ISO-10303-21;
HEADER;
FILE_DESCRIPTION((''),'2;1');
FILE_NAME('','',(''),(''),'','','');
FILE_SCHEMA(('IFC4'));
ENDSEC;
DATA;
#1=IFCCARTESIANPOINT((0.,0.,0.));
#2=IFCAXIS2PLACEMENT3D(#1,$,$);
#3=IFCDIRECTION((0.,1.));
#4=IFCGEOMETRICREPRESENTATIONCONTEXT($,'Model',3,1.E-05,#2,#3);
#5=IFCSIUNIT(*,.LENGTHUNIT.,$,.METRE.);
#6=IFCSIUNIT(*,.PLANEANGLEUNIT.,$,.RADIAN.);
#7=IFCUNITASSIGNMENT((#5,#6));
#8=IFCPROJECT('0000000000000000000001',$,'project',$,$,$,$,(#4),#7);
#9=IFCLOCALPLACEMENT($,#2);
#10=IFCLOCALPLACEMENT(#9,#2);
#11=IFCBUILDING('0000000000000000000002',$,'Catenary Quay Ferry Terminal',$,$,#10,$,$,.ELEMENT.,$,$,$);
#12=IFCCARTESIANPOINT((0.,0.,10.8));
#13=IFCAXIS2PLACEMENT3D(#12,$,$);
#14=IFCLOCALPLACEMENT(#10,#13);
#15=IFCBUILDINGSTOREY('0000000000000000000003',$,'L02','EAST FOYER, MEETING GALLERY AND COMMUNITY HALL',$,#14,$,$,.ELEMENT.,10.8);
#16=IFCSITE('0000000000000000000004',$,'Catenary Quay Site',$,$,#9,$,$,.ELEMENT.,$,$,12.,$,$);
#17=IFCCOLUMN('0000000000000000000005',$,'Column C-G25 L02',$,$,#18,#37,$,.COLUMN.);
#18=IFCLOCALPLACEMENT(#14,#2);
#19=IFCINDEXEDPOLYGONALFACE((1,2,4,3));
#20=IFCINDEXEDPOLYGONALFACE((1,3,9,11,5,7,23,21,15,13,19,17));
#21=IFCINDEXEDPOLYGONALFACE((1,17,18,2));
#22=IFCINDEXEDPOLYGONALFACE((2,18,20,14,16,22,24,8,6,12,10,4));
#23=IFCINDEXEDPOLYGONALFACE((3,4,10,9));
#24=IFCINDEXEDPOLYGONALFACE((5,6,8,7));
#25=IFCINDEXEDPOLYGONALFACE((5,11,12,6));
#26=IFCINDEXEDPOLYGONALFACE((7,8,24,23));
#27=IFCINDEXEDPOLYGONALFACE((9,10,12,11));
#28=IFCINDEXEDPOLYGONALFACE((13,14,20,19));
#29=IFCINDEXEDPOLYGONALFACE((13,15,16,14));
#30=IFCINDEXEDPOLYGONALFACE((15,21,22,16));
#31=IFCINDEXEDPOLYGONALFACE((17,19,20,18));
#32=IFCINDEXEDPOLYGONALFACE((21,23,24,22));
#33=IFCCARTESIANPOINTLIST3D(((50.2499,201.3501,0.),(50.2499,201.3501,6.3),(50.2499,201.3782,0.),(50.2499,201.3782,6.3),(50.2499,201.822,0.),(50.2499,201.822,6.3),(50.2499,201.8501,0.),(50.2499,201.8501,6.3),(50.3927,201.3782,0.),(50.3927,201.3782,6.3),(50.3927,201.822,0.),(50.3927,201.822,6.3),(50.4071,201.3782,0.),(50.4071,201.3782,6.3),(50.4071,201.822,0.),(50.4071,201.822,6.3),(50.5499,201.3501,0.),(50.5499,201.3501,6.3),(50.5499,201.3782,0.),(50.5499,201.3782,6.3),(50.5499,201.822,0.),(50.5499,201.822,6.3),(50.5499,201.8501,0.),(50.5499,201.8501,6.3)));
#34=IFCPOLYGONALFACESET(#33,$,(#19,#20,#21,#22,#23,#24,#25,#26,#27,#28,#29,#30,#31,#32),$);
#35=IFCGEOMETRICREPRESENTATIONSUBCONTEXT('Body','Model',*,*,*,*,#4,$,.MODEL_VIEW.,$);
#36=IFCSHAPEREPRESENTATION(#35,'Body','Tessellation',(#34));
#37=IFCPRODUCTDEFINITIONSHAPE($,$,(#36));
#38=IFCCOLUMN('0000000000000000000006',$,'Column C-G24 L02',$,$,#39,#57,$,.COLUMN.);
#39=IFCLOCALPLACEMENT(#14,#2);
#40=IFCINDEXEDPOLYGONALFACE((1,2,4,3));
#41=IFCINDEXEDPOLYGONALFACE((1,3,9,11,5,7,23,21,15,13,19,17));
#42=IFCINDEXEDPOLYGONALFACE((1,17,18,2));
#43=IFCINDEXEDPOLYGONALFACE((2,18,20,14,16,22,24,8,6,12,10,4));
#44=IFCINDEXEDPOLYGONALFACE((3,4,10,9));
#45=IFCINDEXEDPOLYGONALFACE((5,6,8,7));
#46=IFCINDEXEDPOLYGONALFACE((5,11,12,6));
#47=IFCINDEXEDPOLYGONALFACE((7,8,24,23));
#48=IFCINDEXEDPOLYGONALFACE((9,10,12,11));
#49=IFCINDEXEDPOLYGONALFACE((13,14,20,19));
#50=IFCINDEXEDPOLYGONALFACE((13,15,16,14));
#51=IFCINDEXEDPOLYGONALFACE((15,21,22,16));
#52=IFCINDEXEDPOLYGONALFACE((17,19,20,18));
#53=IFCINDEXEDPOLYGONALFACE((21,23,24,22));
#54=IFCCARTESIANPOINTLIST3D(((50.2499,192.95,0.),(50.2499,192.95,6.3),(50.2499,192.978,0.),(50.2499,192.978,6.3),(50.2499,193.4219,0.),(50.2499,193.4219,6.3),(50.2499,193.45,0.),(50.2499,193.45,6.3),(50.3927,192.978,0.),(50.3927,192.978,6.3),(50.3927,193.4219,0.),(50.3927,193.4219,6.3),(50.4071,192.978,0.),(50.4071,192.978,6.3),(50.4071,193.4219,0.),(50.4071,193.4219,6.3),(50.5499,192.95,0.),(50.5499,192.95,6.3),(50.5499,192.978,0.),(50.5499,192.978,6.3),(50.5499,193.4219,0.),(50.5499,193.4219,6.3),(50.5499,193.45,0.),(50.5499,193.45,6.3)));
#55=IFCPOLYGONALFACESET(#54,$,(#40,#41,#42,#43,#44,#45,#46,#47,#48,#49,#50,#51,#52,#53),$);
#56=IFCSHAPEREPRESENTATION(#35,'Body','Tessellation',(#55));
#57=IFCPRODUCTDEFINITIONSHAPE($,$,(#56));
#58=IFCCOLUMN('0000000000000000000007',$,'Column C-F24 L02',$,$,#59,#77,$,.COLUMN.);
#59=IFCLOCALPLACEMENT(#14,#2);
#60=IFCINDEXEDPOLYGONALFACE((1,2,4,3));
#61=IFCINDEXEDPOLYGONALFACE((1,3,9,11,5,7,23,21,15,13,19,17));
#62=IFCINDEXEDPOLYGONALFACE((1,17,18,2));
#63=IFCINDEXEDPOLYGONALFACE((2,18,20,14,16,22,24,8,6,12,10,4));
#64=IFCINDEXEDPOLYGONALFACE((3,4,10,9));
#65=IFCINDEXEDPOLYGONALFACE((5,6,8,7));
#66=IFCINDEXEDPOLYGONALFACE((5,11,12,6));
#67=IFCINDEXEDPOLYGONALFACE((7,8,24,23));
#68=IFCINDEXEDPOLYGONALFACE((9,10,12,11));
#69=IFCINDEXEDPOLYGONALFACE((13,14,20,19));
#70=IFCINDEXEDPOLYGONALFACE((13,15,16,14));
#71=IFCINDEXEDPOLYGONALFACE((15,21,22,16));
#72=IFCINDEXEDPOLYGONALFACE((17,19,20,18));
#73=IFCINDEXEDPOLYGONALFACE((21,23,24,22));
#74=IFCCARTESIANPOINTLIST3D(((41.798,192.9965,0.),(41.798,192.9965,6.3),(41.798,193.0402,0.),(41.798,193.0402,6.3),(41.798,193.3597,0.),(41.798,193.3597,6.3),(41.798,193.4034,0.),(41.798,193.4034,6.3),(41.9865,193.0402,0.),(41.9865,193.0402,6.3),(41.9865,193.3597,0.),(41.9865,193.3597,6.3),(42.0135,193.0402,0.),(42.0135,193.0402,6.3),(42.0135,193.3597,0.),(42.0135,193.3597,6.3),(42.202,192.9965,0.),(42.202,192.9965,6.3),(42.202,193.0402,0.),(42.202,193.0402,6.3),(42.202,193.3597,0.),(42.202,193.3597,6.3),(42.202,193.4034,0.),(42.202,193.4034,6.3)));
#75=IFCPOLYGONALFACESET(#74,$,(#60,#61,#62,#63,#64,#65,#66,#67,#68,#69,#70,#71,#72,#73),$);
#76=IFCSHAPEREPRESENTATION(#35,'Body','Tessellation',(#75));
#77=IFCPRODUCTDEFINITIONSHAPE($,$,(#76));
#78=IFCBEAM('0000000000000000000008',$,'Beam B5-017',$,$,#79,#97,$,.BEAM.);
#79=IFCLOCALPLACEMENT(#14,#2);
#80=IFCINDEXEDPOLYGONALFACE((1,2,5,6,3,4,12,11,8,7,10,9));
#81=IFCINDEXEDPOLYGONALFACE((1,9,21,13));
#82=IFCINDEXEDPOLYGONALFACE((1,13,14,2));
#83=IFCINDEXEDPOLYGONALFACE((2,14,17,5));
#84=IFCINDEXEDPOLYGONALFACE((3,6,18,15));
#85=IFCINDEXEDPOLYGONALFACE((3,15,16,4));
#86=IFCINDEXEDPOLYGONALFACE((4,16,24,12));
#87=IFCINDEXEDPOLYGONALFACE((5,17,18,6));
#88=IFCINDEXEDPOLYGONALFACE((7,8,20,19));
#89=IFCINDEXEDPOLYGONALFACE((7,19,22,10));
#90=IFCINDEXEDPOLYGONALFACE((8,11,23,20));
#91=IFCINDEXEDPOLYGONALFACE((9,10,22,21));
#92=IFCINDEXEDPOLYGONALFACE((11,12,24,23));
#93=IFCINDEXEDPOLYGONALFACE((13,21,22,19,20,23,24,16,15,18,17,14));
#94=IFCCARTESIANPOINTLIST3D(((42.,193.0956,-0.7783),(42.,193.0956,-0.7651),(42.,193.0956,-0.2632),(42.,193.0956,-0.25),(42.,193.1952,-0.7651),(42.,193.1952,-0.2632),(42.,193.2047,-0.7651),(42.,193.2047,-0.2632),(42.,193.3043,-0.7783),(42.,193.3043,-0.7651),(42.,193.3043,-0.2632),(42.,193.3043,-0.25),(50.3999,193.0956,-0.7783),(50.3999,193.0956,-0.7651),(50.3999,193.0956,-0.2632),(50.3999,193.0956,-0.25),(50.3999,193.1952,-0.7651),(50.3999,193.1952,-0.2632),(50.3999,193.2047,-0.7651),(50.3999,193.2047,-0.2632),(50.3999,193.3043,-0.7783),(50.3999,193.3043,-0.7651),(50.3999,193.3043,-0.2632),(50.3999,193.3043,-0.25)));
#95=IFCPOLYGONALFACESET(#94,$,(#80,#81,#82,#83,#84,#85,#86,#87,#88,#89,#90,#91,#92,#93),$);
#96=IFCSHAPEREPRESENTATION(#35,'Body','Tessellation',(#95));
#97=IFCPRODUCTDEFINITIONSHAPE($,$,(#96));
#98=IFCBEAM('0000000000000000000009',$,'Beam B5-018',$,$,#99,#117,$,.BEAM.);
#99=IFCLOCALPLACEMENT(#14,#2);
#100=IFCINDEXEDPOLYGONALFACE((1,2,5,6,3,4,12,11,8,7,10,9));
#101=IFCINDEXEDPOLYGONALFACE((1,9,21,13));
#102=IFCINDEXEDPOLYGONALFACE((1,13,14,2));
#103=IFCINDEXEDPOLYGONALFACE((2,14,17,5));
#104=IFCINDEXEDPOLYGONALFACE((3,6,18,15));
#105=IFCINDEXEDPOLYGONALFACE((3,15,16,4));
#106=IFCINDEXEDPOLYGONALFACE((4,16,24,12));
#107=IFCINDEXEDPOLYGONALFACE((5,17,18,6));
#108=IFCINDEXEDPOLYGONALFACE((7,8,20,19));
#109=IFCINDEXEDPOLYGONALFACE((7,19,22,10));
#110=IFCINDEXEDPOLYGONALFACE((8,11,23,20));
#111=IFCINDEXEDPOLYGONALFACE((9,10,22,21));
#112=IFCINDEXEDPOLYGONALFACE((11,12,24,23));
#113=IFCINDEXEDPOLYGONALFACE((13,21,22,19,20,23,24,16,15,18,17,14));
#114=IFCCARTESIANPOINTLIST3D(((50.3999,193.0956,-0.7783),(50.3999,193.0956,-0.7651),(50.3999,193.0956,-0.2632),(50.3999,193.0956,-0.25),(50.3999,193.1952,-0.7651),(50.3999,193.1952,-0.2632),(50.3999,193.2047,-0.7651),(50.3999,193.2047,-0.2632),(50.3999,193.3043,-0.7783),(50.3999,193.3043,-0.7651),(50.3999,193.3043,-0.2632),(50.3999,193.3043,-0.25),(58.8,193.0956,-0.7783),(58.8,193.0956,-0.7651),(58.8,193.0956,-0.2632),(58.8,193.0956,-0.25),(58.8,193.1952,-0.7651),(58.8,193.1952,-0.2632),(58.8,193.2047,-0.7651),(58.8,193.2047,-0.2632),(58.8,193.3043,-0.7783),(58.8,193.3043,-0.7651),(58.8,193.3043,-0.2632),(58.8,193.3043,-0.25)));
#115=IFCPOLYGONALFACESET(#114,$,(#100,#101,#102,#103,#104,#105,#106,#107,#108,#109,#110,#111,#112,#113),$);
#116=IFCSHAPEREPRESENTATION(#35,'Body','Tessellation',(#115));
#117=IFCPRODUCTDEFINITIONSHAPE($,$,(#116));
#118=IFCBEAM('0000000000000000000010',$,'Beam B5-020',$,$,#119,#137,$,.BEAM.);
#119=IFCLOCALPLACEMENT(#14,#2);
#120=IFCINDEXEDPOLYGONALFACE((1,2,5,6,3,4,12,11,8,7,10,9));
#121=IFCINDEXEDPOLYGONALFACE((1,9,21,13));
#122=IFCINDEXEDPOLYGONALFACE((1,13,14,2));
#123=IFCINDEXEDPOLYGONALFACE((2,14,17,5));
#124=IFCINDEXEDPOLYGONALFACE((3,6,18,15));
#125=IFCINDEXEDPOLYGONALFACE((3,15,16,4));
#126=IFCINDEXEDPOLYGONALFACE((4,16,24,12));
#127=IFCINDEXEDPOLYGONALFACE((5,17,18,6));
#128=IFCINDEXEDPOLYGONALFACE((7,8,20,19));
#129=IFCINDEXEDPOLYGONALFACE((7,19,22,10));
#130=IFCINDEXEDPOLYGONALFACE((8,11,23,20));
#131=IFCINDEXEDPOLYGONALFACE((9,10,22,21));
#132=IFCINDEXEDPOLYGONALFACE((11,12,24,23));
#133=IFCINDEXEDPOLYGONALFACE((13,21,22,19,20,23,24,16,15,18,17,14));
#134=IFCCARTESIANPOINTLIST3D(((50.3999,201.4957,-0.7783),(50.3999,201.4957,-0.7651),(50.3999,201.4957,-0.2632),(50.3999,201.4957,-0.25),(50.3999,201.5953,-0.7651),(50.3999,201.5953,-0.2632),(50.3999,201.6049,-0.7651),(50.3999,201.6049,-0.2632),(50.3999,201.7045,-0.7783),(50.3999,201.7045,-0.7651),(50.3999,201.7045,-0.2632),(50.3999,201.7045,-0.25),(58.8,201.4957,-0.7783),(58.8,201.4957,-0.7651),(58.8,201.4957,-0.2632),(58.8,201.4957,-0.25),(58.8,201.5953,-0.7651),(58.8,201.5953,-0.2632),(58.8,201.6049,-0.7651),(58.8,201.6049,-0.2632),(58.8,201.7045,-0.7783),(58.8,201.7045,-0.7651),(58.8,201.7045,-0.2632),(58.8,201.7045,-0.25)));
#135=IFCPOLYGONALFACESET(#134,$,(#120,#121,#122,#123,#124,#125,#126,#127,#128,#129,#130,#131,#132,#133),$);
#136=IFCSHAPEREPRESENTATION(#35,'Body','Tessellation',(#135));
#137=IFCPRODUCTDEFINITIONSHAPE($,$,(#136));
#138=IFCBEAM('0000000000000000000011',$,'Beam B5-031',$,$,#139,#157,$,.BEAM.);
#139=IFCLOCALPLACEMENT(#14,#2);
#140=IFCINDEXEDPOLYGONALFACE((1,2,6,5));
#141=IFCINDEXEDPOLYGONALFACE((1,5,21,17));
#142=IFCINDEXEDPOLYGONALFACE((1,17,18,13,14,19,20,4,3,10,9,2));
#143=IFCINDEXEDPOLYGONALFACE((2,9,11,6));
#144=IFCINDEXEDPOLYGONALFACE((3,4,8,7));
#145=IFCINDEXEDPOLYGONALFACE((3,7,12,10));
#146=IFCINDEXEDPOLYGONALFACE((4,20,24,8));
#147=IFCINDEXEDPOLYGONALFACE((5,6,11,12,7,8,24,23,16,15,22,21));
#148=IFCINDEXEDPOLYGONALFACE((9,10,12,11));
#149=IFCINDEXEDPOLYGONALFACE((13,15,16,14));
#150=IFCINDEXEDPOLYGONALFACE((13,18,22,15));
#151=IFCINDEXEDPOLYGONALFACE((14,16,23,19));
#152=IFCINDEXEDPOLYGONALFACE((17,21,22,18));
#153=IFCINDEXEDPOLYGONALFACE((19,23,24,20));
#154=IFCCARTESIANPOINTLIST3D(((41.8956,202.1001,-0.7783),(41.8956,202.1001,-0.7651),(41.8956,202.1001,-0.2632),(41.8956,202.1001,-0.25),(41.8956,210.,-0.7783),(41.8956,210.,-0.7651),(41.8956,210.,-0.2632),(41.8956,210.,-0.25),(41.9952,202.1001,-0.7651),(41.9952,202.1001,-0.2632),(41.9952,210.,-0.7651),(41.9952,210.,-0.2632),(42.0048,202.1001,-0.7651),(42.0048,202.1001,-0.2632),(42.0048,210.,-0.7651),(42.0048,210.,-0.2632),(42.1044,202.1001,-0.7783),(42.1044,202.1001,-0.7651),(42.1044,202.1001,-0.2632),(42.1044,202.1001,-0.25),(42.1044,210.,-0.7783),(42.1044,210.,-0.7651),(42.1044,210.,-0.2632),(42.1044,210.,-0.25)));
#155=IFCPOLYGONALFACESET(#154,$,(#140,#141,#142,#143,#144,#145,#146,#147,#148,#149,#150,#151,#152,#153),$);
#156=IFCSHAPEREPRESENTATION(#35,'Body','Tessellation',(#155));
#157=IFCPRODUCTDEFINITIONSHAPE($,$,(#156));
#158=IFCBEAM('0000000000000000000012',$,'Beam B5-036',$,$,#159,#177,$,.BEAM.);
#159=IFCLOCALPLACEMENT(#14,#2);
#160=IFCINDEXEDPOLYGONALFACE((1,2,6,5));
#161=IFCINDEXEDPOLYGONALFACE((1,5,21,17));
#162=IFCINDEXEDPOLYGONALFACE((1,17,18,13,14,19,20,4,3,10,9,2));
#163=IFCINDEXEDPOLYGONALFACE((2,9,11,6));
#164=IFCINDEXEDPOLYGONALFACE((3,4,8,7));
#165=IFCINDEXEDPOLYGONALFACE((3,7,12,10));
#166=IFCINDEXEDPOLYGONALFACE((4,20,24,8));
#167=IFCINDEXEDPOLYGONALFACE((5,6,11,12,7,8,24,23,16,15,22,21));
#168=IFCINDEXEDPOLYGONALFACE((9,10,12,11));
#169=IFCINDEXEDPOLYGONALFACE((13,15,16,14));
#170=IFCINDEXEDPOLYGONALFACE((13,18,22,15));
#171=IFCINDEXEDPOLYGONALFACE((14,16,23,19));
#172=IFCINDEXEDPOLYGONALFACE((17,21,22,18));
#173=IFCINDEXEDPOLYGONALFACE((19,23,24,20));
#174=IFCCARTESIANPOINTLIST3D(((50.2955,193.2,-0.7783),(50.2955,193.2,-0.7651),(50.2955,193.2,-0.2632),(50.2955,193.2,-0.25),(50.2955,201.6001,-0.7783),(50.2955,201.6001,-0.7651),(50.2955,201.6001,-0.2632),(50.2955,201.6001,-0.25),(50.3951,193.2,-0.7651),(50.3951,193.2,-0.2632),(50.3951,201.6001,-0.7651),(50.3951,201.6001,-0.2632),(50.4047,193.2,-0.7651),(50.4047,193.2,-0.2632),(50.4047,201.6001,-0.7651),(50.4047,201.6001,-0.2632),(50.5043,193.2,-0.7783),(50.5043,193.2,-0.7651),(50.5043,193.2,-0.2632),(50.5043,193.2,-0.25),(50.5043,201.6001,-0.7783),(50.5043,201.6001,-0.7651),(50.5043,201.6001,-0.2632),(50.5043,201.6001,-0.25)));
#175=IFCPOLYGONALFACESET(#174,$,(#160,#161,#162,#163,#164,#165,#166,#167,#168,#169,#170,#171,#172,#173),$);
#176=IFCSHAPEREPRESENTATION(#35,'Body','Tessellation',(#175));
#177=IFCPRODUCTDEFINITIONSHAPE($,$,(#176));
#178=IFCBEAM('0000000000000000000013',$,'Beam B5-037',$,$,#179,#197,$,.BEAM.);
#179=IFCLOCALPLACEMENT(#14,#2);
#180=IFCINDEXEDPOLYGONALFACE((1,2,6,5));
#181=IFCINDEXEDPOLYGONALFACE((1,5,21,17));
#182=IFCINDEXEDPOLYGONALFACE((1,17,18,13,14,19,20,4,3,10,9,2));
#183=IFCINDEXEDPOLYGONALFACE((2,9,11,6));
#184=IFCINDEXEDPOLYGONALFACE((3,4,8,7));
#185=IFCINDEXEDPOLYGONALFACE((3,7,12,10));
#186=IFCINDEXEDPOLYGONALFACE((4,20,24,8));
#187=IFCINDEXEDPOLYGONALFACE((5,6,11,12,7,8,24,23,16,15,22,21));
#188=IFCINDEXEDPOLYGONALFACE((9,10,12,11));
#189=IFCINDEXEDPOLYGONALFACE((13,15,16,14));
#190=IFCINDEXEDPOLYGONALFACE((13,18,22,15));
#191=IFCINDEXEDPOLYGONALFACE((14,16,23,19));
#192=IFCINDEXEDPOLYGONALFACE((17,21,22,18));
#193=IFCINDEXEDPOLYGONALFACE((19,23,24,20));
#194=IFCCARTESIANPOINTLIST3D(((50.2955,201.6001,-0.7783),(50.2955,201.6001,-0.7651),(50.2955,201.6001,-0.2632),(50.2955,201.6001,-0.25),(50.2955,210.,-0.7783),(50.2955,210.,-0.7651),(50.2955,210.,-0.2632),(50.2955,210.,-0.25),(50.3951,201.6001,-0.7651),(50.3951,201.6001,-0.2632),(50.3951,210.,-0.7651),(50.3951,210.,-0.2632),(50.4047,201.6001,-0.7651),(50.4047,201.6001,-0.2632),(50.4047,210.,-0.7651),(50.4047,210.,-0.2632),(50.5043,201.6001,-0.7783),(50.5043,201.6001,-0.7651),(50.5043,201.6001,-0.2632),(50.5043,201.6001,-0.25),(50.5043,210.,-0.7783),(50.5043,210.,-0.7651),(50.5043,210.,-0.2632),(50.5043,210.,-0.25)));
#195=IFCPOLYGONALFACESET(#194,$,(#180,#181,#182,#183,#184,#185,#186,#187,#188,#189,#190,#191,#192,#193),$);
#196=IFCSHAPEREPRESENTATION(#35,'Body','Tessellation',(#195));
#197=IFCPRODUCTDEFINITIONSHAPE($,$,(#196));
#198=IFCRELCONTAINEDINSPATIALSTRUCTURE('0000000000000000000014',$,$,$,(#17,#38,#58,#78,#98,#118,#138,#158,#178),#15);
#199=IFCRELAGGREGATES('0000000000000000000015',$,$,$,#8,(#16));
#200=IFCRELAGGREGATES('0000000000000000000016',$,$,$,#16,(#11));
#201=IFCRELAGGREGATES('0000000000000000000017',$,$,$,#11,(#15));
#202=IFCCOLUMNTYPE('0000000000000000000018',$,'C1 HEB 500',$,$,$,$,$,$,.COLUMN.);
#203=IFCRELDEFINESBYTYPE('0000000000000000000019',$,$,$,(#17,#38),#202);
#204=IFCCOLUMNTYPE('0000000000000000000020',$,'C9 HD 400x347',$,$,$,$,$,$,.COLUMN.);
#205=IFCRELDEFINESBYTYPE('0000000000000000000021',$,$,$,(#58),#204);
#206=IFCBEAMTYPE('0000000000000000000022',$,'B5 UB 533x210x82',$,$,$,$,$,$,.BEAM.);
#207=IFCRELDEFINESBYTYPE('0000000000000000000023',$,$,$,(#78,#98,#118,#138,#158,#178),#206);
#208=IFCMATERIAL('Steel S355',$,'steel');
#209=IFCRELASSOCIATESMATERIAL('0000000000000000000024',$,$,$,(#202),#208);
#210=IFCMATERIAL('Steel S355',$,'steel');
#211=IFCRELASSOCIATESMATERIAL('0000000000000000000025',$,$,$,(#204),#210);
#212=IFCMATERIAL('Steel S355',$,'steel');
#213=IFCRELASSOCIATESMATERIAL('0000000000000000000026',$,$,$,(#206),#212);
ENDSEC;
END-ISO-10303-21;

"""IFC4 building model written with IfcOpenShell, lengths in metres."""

from ifc_helpers import new_model, si_unit, direction, frame, origin, origin_2d, place, context, subcontext, project, spatial, i_section, extrude, material, material_profile, profile_set, type_object, element, save


model = new_model("IFC4")

# Units and contexts
model_context = context("Model", 3, precision=1e-05, world=origin(), true_north=direction((0.0, 1.0)))
body_context = subcontext(model_context, "Body", "Model", "MODEL_VIEW")
ifc_project = project(units=[si_unit("LENGTHUNIT", "METRE"), si_unit("PLANEANGLEUNIT", "RADIAN")], contexts=[model_context])

# Site, building, storey
site_placement = place(None, origin())
site = spatial("IfcSite", under=ifc_project, at=site_placement, Name="Catenary Quay Site", CompositionType="ELEMENT", RefElevation=12.0)
building_placement = place(site_placement, origin())
building = spatial("IfcBuilding", under=site, at=building_placement, Name="Catenary Quay Ferry Terminal", CompositionType="ELEMENT")
storey_placement = place(building_placement, frame((0.0, 0.0, 10.8)))
storey = spatial("IfcBuildingStorey", under=building, at=storey_placement, Name="L02", Description="EAST FOYER, MEETING GALLERY AND COMMUNITY HALL", CompositionType="ELEMENT", Elevation=10.8)

# Columns
ifc_material_1 = material(Name="Steel S355", Category="steel")
ifc_material_profile_1 = material_profile(ifc_material_1, i_section(OverallWidth=0.3, OverallDepth=0.5, WebThickness=0.0144, FlangeThickness=0.0281, at=origin_2d()), Name="HEB 500")
ifc_profile_set_1 = profile_set([ifc_material_profile_1], Name="Steel S355")
column_type_1 = type_object("IfcColumnType", Name="C1 HEB 500", PredefinedType="COLUMN", material=ifc_profile_set_1)
for number, where, z_axis, x_axis, name in (
    (1, (50.3999, 201.6001, 0.0), (0.0, 0.0, 1.0), (1.0, 0.0, 0.0), "Column C-G25 L02"),
    (2, (50.3999, 193.2, 0.0), (0.0, 0.0, 1.0), (1.0, 0.0, 0.0), "Column C-G24 L02"),
):
    element("IfcColumn", number, at=place(storey_placement, frame(where, z_axis=z_axis, x_axis=x_axis)), inside=storey, type_object=column_type_1, Name=name, PredefinedType="COLUMN", context=body_context, shape_type="SweptSolid", body=[
        extrude(i_section(OverallWidth=0.3, OverallDepth=0.5, WebThickness=0.0144, FlangeThickness=0.0281, at=origin_2d()), origin(), (0.0, 0.0, 1.0), 6.3),
    ])
ifc_material_2 = material(Name="Steel S355", Category="steel")
ifc_material_profile_2 = material_profile(ifc_material_2, i_section(OverallWidth=0.4041, OverallDepth=0.407, WebThickness=0.0271, FlangeThickness=0.0437, at=origin_2d()), Name="HD 400x347")
ifc_profile_set_2 = profile_set([ifc_material_profile_2], Name="Steel S355")
column_type_2 = type_object("IfcColumnType", Name="C9 HD 400x347", PredefinedType="COLUMN", material=ifc_profile_set_2)
column_placement = place(storey_placement, frame((42.0, 193.2, 0.0), z_axis=(0.0, 0.0, 1.0), x_axis=(1.0, 0.0, 0.0)))
element("IfcColumn", 3, at=column_placement, inside=storey, type_object=column_type_2, Name="Column C-F24 L02", PredefinedType="COLUMN", context=body_context, shape_type="SweptSolid", body=[
    extrude(i_section(OverallWidth=0.4041, OverallDepth=0.407, WebThickness=0.0271, FlangeThickness=0.0437, at=origin_2d()), origin(), (0.0, 0.0, 1.0), 6.3),
])

# Beams
ifc_material_3 = material(Name="Steel S355", Category="steel")
ifc_material_profile_3 = material_profile(ifc_material_3, i_section(OverallWidth=0.2087, OverallDepth=0.5283, WebThickness=0.0095, FlangeThickness=0.0132, at=origin_2d()), Name="UB 533x210x82")
ifc_profile_set_3 = profile_set([ifc_material_profile_3], Name="Steel S355")
beam_type_1 = type_object("IfcBeamType", Name="B5 UB 533x210x82", PredefinedType="BEAM", material=ifc_profile_set_3)
beam_1_placement = place(storey_placement, frame((42.0, 193.2, -0.5142), z_axis=(1.0, 0.0, 0.0), x_axis=(0.0, 1.0, 0.0)))
element("IfcBeam", 4, at=beam_1_placement, inside=storey, type_object=beam_type_1, Name="Beam B5-017", PredefinedType="BEAM", context=body_context, shape_type="SweptSolid", body=[
    extrude(i_section(OverallWidth=0.2087, OverallDepth=0.5283, WebThickness=0.0095, FlangeThickness=0.0132, at=origin_2d()), origin(), (0.0, 0.0, 1.0), 8.3999),
])
for number, where, z_axis, x_axis, name in (
    (5, (50.3999, 193.2, -0.5142), (1.0, 0.0, 0.0), (0.0, 1.0, 0.0), "Beam B5-018"),
    (6, (50.3999, 201.6001, -0.5142), (1.0, 0.0, 0.0), (0.0, 1.0, 0.0), "Beam B5-020"),
):
    element("IfcBeam", number, at=place(storey_placement, frame(where, z_axis=z_axis, x_axis=x_axis)), inside=storey, type_object=beam_type_1, Name=name, PredefinedType="BEAM", context=body_context, shape_type="SweptSolid", body=[
        extrude(i_section(OverallWidth=0.2087, OverallDepth=0.5283, WebThickness=0.0095, FlangeThickness=0.0132, at=origin_2d()), origin(), (0.0, 0.0, 1.0), 8.4001),
    ])
beam_2_placement = place(storey_placement, frame((42.0, 202.1001, -0.5142), z_axis=(0.0, 1.0, 0.0), x_axis=(-1.0, 0.0, 0.0)))
element("IfcBeam", 7, at=beam_2_placement, inside=storey, type_object=beam_type_1, Name="Beam B5-031", PredefinedType="BEAM", context=body_context, shape_type="SweptSolid", body=[
    extrude(i_section(OverallWidth=0.2087, OverallDepth=0.5283, WebThickness=0.0095, FlangeThickness=0.0132, at=origin_2d()), origin(), (0.0, 0.0, 1.0), 7.8999),
])
beam_3_placement = place(storey_placement, frame((50.3999, 193.2, -0.5142), z_axis=(0.0, 1.0, 0.0), x_axis=(-1.0, 0.0, 0.0)))
element("IfcBeam", 8, at=beam_3_placement, inside=storey, type_object=beam_type_1, Name="Beam B5-036", PredefinedType="BEAM", context=body_context, shape_type="SweptSolid", body=[
    extrude(i_section(OverallWidth=0.2087, OverallDepth=0.5283, WebThickness=0.0095, FlangeThickness=0.0132, at=origin_2d()), origin(), (0.0, 0.0, 1.0), 8.4001),
])
beam_4_placement = place(storey_placement, frame((50.3999, 201.6001, -0.5142), z_axis=(0.0, 1.0, 0.0), x_axis=(-1.0, 0.0, 0.0)))
element("IfcBeam", 9, at=beam_4_placement, inside=storey, type_object=beam_type_1, Name="Beam B5-037", PredefinedType="BEAM", context=body_context, shape_type="SweptSolid", body=[
    extrude(i_section(OverallWidth=0.2087, OverallDepth=0.5283, WebThickness=0.0095, FlangeThickness=0.0132, at=origin_2d()), origin(), (0.0, 0.0, 1.0), 8.3999),
])

save(model, "model.ifc")
